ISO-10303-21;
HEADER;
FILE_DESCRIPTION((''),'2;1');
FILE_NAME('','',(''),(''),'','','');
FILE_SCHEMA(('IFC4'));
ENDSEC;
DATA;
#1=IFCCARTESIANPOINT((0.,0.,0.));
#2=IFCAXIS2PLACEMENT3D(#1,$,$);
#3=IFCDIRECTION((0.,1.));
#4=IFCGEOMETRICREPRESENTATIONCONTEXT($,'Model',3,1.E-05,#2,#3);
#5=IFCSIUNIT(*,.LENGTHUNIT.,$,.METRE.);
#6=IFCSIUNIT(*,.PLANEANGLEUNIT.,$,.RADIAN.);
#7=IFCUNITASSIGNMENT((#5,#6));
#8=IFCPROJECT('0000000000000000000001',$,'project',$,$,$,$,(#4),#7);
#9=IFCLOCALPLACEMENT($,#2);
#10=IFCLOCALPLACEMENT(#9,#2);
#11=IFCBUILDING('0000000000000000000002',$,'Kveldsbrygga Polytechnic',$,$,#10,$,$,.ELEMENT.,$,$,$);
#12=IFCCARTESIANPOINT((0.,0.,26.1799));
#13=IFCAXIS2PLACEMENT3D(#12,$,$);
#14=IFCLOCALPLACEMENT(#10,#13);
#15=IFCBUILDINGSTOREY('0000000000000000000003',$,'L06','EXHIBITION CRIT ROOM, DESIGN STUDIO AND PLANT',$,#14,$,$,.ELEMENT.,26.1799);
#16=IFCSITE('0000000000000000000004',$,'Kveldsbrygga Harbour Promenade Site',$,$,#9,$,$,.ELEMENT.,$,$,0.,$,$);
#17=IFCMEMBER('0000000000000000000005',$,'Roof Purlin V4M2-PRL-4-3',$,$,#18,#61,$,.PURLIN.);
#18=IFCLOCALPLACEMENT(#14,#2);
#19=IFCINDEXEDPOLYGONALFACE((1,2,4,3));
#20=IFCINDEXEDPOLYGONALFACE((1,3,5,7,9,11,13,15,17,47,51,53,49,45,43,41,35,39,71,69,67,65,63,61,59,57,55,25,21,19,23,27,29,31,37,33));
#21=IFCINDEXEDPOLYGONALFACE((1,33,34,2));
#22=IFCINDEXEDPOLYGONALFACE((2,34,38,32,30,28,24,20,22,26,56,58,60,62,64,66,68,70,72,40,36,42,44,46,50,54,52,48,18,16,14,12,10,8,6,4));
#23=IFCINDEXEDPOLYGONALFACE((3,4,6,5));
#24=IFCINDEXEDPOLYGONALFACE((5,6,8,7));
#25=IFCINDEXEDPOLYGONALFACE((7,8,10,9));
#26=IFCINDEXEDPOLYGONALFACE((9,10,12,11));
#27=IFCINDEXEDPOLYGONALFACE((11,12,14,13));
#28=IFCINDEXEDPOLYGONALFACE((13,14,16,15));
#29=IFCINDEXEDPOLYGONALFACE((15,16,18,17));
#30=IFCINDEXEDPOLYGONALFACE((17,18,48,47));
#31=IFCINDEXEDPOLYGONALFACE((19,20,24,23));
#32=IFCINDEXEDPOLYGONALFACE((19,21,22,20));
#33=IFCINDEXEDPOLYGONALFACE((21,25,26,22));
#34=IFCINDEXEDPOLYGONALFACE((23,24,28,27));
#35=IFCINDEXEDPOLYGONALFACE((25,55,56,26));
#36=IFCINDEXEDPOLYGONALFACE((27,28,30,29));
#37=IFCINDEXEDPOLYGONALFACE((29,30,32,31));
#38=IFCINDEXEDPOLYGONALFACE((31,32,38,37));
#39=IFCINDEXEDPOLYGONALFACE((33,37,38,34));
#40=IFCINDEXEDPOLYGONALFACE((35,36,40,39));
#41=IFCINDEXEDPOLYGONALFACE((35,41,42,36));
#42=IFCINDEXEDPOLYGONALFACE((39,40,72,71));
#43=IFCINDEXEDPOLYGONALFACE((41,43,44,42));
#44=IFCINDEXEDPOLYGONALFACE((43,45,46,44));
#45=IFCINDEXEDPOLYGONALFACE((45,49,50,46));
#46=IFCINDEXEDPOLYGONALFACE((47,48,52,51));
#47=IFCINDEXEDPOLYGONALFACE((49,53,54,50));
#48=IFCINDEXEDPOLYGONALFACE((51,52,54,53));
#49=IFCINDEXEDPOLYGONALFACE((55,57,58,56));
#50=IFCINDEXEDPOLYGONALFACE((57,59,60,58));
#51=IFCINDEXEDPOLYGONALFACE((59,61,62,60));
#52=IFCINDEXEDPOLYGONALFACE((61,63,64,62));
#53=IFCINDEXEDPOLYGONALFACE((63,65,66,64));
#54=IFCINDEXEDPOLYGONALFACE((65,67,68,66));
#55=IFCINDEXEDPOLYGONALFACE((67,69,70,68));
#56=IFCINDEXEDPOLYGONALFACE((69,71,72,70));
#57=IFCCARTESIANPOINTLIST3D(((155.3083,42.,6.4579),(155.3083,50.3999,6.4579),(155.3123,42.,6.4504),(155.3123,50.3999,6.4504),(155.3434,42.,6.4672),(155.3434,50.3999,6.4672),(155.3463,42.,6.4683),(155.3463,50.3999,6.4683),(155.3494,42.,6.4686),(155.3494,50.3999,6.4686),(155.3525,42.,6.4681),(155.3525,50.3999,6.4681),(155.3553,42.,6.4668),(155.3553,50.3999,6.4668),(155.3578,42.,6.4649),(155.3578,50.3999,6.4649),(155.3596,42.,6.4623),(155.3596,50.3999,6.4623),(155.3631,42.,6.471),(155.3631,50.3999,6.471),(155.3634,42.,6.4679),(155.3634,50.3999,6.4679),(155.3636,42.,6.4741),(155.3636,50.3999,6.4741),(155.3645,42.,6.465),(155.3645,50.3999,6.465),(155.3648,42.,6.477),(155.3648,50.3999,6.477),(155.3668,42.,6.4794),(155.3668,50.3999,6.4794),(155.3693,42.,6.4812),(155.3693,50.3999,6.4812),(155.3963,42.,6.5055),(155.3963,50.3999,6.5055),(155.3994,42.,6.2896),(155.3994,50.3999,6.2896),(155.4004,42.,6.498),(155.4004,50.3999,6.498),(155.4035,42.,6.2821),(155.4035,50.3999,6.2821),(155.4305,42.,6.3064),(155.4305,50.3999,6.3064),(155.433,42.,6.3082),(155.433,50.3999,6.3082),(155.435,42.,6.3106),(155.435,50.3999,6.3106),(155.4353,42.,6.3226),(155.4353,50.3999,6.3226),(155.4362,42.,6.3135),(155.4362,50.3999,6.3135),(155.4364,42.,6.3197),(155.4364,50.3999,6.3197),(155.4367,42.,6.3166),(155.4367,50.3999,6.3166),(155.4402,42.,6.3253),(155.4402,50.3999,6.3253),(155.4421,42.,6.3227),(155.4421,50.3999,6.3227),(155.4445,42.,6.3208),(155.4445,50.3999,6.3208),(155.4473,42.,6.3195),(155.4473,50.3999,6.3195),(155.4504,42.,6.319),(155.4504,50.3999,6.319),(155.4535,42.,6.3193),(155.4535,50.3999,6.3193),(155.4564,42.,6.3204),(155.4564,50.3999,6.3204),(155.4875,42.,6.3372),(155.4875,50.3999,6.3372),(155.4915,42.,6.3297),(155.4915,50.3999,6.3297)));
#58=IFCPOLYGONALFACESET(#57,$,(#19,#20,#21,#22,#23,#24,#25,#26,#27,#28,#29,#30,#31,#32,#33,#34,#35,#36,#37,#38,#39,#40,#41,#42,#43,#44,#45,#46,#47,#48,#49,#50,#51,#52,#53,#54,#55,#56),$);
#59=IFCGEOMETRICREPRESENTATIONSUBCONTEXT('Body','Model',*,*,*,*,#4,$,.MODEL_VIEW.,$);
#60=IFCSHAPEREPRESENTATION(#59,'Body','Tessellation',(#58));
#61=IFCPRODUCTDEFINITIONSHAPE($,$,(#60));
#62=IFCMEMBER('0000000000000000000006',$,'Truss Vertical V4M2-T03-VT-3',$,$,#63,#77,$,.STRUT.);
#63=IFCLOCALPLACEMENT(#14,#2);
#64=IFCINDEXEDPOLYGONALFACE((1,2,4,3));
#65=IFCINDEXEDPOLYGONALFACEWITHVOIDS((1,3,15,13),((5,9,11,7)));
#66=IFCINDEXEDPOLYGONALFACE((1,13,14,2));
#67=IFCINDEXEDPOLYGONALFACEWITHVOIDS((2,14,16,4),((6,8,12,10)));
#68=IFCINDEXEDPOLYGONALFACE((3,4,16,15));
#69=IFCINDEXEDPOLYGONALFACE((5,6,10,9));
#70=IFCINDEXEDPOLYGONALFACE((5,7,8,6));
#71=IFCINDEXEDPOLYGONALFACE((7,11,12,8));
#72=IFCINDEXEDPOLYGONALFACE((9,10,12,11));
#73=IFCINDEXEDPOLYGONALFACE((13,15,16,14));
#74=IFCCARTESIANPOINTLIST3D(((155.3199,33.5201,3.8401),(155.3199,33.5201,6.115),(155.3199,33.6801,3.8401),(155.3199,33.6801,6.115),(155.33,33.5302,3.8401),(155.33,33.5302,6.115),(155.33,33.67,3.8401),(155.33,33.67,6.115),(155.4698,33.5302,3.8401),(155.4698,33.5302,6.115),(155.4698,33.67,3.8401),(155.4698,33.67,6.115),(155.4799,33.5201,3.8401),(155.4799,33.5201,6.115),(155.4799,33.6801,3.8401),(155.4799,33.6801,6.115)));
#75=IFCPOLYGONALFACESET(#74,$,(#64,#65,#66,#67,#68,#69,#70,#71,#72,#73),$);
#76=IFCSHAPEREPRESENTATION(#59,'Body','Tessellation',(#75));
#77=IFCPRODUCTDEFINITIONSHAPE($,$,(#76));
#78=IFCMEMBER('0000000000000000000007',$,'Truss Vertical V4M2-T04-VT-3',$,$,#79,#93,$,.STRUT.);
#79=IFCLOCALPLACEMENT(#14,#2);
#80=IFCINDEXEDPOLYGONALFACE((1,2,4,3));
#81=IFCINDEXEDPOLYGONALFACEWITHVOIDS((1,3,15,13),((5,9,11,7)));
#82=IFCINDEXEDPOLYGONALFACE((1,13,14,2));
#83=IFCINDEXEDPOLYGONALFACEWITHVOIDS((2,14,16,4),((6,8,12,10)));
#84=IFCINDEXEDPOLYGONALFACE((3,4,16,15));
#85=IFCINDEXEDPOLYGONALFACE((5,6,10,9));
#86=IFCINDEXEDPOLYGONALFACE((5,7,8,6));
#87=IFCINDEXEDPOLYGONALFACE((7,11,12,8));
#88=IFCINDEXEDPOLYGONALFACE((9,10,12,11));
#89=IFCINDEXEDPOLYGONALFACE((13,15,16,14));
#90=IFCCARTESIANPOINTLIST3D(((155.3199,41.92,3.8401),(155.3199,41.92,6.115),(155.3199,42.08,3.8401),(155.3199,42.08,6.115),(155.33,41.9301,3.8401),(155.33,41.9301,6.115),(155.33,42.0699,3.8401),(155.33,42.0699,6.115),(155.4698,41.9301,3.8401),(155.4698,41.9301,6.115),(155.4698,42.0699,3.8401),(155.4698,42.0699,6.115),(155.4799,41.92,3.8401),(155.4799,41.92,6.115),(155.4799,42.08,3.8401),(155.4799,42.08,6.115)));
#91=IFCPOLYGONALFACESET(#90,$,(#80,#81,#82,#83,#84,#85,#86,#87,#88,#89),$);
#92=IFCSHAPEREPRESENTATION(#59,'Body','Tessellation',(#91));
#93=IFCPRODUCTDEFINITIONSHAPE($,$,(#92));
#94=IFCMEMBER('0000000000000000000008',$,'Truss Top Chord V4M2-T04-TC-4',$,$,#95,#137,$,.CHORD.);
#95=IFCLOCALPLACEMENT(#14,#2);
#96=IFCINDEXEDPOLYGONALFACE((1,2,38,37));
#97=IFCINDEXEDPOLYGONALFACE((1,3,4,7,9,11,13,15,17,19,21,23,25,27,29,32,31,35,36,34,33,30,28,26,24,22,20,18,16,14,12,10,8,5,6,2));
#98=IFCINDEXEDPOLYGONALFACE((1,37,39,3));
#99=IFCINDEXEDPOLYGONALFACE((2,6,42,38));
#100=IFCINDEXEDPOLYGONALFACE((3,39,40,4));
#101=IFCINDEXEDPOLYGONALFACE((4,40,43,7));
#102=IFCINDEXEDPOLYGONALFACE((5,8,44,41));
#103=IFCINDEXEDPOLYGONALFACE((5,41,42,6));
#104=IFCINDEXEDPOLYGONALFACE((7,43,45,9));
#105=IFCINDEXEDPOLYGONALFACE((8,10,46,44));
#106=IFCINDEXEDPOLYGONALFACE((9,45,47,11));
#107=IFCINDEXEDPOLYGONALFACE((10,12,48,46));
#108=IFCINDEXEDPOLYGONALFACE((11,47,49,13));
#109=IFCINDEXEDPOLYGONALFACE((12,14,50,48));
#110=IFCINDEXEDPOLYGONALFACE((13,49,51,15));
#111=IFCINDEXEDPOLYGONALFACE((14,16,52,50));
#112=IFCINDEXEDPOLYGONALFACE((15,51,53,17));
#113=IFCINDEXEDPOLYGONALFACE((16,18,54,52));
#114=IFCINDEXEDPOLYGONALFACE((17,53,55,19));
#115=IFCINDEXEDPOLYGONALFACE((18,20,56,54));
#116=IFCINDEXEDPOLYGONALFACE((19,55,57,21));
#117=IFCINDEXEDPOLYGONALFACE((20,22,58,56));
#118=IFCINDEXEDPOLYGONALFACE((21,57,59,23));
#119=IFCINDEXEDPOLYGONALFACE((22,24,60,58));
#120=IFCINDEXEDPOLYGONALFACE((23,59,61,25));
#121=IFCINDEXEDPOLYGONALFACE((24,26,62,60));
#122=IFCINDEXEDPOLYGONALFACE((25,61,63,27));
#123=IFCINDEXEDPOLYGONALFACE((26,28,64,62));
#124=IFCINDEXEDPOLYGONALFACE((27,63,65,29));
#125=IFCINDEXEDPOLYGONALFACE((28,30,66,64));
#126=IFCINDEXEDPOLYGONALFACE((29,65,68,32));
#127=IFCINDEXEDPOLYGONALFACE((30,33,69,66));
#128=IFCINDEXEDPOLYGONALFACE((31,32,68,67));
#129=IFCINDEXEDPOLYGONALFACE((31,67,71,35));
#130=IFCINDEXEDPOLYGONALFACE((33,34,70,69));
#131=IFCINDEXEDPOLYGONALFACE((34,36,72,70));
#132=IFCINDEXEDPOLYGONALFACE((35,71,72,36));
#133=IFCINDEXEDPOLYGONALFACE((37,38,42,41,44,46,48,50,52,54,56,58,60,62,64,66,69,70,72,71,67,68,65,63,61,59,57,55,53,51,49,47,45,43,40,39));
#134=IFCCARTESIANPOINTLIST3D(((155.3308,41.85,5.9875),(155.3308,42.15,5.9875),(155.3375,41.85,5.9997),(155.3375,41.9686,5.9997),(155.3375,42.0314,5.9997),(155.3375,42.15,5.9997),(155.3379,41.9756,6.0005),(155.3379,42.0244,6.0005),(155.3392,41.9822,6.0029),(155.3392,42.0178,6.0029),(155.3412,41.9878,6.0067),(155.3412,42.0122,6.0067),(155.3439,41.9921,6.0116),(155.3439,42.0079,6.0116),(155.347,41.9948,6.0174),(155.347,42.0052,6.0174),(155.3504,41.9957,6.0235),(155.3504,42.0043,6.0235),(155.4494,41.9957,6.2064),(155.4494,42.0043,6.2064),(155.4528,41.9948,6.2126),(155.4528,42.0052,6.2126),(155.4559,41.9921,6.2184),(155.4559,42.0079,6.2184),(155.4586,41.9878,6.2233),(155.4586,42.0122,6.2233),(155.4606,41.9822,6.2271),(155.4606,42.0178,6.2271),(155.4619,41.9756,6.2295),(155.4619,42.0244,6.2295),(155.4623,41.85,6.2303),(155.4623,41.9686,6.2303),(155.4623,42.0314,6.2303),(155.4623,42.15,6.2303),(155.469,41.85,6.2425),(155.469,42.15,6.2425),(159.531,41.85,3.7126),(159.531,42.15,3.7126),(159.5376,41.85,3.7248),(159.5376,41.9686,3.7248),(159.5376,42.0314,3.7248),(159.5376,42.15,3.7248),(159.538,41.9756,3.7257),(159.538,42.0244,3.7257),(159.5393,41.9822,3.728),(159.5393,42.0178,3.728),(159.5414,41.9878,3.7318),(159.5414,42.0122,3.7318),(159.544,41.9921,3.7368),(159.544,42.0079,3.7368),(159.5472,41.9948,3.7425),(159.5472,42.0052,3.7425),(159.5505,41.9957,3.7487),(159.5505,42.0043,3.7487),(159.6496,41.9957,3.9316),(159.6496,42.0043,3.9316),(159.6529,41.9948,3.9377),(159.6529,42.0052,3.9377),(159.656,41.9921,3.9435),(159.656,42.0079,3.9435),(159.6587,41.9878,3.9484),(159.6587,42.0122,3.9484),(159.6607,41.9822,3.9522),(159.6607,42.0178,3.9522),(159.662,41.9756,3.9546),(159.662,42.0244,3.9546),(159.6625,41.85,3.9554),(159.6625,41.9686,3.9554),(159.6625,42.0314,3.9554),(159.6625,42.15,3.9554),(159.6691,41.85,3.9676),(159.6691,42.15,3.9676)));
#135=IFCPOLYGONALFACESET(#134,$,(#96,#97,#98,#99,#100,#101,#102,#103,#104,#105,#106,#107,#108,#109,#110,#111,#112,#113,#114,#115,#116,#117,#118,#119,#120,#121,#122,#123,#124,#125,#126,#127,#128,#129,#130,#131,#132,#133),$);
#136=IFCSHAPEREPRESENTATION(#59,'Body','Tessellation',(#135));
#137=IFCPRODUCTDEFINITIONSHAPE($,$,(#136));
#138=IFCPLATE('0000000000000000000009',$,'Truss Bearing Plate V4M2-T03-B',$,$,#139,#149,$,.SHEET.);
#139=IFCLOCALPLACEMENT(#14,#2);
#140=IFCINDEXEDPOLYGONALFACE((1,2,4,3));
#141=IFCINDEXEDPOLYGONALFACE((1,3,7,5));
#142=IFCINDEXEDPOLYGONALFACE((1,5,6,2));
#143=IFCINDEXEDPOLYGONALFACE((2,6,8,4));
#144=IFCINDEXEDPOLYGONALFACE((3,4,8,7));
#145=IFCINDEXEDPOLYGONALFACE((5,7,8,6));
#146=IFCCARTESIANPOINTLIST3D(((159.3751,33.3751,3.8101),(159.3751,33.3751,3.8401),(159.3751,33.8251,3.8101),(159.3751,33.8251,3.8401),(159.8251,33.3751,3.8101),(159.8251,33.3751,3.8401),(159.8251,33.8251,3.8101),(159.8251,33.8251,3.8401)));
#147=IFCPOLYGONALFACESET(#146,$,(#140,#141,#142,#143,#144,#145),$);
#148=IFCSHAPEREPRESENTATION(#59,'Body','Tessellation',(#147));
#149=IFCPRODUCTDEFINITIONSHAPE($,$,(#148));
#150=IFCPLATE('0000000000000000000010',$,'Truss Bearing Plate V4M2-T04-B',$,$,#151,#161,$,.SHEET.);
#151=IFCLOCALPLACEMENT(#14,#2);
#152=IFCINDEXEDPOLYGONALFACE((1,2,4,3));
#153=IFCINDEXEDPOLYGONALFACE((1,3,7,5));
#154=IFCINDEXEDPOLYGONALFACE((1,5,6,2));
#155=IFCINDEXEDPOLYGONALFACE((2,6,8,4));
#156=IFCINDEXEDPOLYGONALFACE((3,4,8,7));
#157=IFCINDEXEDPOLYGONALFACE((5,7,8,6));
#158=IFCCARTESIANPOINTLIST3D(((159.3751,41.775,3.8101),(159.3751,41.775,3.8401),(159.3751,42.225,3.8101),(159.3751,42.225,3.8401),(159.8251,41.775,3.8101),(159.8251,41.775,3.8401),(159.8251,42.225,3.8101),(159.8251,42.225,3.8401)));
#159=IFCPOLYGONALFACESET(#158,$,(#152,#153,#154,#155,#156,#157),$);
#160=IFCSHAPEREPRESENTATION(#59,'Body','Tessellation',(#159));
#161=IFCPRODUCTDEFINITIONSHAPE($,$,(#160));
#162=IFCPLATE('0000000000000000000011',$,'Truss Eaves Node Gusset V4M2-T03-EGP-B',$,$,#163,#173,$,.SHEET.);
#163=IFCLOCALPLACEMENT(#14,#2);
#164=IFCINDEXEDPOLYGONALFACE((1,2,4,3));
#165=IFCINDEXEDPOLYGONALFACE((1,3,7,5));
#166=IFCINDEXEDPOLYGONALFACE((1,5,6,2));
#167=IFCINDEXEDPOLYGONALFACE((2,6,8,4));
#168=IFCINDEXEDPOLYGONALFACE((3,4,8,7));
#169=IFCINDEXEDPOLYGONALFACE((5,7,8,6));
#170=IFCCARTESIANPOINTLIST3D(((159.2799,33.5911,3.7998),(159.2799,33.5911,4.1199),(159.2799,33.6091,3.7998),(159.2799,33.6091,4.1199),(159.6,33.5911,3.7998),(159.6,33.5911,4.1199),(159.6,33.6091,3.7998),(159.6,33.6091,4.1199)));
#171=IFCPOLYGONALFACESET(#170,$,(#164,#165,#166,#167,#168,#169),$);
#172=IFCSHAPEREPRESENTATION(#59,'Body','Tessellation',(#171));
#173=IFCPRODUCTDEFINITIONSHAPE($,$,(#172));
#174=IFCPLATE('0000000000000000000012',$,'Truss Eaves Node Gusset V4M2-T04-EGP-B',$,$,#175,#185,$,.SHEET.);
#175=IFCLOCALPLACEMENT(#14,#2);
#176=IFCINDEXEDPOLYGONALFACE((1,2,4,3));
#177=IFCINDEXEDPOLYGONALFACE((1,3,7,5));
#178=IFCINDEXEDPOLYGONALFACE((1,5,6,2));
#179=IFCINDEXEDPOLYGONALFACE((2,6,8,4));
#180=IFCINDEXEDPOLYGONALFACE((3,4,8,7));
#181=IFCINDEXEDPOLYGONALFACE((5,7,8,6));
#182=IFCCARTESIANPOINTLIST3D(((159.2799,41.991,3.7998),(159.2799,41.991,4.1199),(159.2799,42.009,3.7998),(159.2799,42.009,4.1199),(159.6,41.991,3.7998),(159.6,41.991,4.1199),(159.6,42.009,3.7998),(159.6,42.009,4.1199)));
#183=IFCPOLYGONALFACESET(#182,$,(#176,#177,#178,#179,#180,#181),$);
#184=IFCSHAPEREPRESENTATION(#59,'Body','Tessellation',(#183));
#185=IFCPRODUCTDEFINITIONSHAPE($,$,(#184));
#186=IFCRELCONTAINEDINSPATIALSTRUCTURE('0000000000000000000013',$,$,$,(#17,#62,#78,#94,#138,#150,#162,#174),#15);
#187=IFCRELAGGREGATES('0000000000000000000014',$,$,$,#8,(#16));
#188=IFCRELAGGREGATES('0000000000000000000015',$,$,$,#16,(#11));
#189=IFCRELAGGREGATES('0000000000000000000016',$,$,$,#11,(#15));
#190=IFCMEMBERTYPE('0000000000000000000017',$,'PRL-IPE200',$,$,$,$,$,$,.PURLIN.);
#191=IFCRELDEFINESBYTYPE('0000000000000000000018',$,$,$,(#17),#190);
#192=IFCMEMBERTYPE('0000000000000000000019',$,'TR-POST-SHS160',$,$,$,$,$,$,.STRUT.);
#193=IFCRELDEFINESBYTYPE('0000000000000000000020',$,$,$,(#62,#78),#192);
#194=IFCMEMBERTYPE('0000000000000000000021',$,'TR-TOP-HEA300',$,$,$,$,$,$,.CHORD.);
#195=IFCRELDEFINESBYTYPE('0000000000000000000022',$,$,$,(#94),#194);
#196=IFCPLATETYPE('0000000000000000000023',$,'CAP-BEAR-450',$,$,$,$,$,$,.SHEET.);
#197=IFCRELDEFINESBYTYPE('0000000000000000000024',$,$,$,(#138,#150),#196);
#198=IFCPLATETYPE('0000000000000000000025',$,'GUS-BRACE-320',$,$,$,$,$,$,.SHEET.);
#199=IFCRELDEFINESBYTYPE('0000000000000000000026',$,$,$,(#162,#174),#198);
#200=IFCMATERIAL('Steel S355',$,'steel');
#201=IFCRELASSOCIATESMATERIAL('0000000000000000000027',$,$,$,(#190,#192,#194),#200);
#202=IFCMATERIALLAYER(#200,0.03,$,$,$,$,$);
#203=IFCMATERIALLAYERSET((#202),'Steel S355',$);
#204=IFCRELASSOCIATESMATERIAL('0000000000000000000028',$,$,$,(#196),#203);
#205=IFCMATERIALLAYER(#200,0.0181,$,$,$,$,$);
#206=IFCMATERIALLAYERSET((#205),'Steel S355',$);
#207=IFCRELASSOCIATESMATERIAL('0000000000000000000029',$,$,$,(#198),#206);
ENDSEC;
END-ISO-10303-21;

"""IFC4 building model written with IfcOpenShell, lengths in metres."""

from ifc_helpers import new_model, si_unit, direction, frame, origin, origin_2d, place, context, subcontext, project, spatial, rectangle, hollow_rectangle, i_section, extrude, material, layer, layer_set, material_profile, profile_set, type_object, element, save


model = new_model("IFC4")

# Units and contexts
model_context = context("Model", 3, precision=1e-05, world=origin(), true_north=direction((0.0, 1.0)))
body_context = subcontext(model_context, "Body", "Model", "MODEL_VIEW")
ifc_project = project(units=[si_unit("LENGTHUNIT", "METRE"), si_unit("PLANEANGLEUNIT", "RADIAN")], contexts=[model_context])

# Site, building, storey
site_placement = place(None, origin())
site = spatial("IfcSite", under=ifc_project, at=site_placement, Name="Kveldsbrygga Harbour Promenade Site", CompositionType="ELEMENT", RefElevation=0.0)
building_placement = place(site_placement, origin())
building = spatial("IfcBuilding", under=site, at=building_placement, Name="Kveldsbrygga Polytechnic", CompositionType="ELEMENT")
storey_placement = place(building_placement, frame((0.0, 0.0, 26.1799)))
storey = spatial("IfcBuildingStorey", under=building, at=storey_placement, Name="L06", Description="EXHIBITION CRIT ROOM, DESIGN STUDIO AND PLANT", CompositionType="ELEMENT", Elevation=26.1799)

# Shared definitions
ifc_material_1 = material(Name="Steel S355", Category="steel")

# Members
ifc_material_profile_1 = material_profile(ifc_material_1, i_section(OverallWidth=0.1001, OverallDepth=0.2, WebThickness=0.0056, FlangeThickness=0.0085, FilletRadius=0.012, at=origin_2d()), Name="IPE 200")
ifc_profile_set_1 = profile_set([ifc_material_profile_1], Name="Steel S355")
member_type_1 = type_object("IfcMemberType", Name="PRL-IPE200", PredefinedType="PURLIN", material=ifc_profile_set_1)
for number, where, z_axis, x_axis, name in (
    (1, (155.3999, 42.0, 6.3938), (0.0, 1.0, 0.0), (-0.879292, 0.0, -0.476283), "Roof Purlin V4M2-PRL-4-3"),
):
    element("IfcMember", number, at=place(storey_placement, frame(where, z_axis=z_axis, x_axis=x_axis)), inside=storey, type_object=member_type_1, Name=name, PredefinedType="PURLIN", context=body_context, shape_type="SweptSolid", body=[
        extrude(i_section(OverallWidth=0.1001, OverallDepth=0.2, WebThickness=0.0056, FlangeThickness=0.0085, FilletRadius=0.012, at=origin_2d()), origin(), (0.0, 0.0, 1.0), 8.3999),
    ])
ifc_material_profile_2 = material_profile(ifc_material_1, hollow_rectangle(XDim=0.1599, YDim=0.1599, WallThickness=0.01, at=origin_2d()), Name="SHS 160x160x10.0")
ifc_profile_set_2 = profile_set([ifc_material_profile_2], Name="Steel S355")
member_type_2 = type_object("IfcMemberType", Name="TR-POST-SHS160", PredefinedType="STRUT", material=ifc_profile_set_2)
for number, where, z_axis, x_axis, name in (
    (2, (155.3999, 33.6001, 3.8401), (0.0, 0.0, 1.0), (1.0, 0.0, 0.0), "Truss Vertical V4M2-T03-VT-3"),
    (3, (155.3999, 42.0, 3.8401), (0.0, 0.0, 1.0), (1.0, 0.0, 0.0), "Truss Vertical V4M2-T04-VT-3"),
):
    element("IfcMember", number, at=place(storey_placement, frame(where, z_axis=z_axis, x_axis=x_axis)), inside=storey, type_object=member_type_2, Name=name, PredefinedType="STRUT", context=body_context, shape_type="SweptSolid", body=[
        extrude(hollow_rectangle(XDim=0.1599, YDim=0.1599, WallThickness=0.01, at=origin_2d()), origin(), (0.0, 0.0, 1.0), 2.2749),
    ])
ifc_material_profile_3 = material_profile(ifc_material_1, i_section(OverallWidth=0.3, OverallDepth=0.29, WebThickness=0.0085, FlangeThickness=0.0139, FilletRadius=0.0271, at=origin_2d()), Name="HEA 300")
ifc_profile_set_3 = profile_set([ifc_material_profile_3], Name="Steel S355")
member_type_3 = type_object("IfcMemberType", Name="TR-TOP-HEA300", PredefinedType="CHORD", material=ifc_profile_set_3)
member_placement = place(storey_placement, frame((155.3999, 42.0, 6.115), z_axis=(0.87931, 0.0, -0.47625), x_axis=(0.0, 1.0, 0.0)))
element("IfcMember", 4, at=member_placement, inside=storey, type_object=member_type_3, Name="Truss Top Chord V4M2-T04-TC-4", PredefinedType="CHORD", context=body_context, shape_type="SweptSolid", body=[
    extrude(i_section(OverallWidth=0.3, OverallDepth=0.29, WebThickness=0.0085, FlangeThickness=0.0139, FilletRadius=0.0271, at=origin_2d()), origin(), (0.0, 0.0, 1.0), 4.7766),
])

# Plates
ifc_layer_1 = layer(ifc_material_1, 0.03)
ifc_layer_set_1 = layer_set([ifc_layer_1], Name="Steel S355")
plate_type_1 = type_object("IfcPlateType", Name="CAP-BEAR-450", PredefinedType="SHEET", material=ifc_layer_set_1)
for number, where, z_axis, x_axis, name in (
    (5, (159.6001, 33.6001, 3.8101), (0.0, 0.0, 1.0), (1.0, 0.0, 0.0), "Truss Bearing Plate V4M2-T03-B"),
    (6, (159.6001, 42.0, 3.8101), (0.0, 0.0, 1.0), (1.0, 0.0, 0.0), "Truss Bearing Plate V4M2-T04-B"),
):
    element("IfcPlate", number, at=place(storey_placement, frame(where, z_axis=z_axis, x_axis=x_axis)), inside=storey, type_object=plate_type_1, Name=name, PredefinedType="SHEET", context=body_context, shape_type="SweptSolid", body=[
        extrude(rectangle(XDim=0.45, YDim=0.45, at=origin_2d()), origin(), (0.0, 0.0, 1.0), 0.03),
    ])
ifc_layer_2 = layer(ifc_material_1, 0.0181)
ifc_layer_set_2 = layer_set([ifc_layer_2], Name="Steel S355")
plate_type_2 = type_object("IfcPlateType", Name="GUS-BRACE-320", PredefinedType="SHEET", material=ifc_layer_set_2)
for number, where, z_axis, x_axis, name in (
    (7, (159.4399, 33.6001, 3.7998), (0.0, 0.0, 1.0), (1.0, 0.0, 0.0), "Truss Eaves Node Gusset V4M2-T03-EGP-B"),
    (8, (159.4399, 42.0, 3.7998), (0.0, 0.0, 1.0), (1.0, 0.0, 0.0), "Truss Eaves Node Gusset V4M2-T04-EGP-B"),
):
    element("IfcPlate", number, at=place(storey_placement, frame(where, z_axis=z_axis, x_axis=x_axis)), inside=storey, type_object=plate_type_2, Name=name, PredefinedType="SHEET", context=body_context, shape_type="SweptSolid", body=[
        extrude(rectangle(XDim=0.3201, YDim=0.0181, at=origin_2d()), origin(), (0.0, 0.0, 1.0), 0.3201),
    ])

save(model, "model.ifc")
